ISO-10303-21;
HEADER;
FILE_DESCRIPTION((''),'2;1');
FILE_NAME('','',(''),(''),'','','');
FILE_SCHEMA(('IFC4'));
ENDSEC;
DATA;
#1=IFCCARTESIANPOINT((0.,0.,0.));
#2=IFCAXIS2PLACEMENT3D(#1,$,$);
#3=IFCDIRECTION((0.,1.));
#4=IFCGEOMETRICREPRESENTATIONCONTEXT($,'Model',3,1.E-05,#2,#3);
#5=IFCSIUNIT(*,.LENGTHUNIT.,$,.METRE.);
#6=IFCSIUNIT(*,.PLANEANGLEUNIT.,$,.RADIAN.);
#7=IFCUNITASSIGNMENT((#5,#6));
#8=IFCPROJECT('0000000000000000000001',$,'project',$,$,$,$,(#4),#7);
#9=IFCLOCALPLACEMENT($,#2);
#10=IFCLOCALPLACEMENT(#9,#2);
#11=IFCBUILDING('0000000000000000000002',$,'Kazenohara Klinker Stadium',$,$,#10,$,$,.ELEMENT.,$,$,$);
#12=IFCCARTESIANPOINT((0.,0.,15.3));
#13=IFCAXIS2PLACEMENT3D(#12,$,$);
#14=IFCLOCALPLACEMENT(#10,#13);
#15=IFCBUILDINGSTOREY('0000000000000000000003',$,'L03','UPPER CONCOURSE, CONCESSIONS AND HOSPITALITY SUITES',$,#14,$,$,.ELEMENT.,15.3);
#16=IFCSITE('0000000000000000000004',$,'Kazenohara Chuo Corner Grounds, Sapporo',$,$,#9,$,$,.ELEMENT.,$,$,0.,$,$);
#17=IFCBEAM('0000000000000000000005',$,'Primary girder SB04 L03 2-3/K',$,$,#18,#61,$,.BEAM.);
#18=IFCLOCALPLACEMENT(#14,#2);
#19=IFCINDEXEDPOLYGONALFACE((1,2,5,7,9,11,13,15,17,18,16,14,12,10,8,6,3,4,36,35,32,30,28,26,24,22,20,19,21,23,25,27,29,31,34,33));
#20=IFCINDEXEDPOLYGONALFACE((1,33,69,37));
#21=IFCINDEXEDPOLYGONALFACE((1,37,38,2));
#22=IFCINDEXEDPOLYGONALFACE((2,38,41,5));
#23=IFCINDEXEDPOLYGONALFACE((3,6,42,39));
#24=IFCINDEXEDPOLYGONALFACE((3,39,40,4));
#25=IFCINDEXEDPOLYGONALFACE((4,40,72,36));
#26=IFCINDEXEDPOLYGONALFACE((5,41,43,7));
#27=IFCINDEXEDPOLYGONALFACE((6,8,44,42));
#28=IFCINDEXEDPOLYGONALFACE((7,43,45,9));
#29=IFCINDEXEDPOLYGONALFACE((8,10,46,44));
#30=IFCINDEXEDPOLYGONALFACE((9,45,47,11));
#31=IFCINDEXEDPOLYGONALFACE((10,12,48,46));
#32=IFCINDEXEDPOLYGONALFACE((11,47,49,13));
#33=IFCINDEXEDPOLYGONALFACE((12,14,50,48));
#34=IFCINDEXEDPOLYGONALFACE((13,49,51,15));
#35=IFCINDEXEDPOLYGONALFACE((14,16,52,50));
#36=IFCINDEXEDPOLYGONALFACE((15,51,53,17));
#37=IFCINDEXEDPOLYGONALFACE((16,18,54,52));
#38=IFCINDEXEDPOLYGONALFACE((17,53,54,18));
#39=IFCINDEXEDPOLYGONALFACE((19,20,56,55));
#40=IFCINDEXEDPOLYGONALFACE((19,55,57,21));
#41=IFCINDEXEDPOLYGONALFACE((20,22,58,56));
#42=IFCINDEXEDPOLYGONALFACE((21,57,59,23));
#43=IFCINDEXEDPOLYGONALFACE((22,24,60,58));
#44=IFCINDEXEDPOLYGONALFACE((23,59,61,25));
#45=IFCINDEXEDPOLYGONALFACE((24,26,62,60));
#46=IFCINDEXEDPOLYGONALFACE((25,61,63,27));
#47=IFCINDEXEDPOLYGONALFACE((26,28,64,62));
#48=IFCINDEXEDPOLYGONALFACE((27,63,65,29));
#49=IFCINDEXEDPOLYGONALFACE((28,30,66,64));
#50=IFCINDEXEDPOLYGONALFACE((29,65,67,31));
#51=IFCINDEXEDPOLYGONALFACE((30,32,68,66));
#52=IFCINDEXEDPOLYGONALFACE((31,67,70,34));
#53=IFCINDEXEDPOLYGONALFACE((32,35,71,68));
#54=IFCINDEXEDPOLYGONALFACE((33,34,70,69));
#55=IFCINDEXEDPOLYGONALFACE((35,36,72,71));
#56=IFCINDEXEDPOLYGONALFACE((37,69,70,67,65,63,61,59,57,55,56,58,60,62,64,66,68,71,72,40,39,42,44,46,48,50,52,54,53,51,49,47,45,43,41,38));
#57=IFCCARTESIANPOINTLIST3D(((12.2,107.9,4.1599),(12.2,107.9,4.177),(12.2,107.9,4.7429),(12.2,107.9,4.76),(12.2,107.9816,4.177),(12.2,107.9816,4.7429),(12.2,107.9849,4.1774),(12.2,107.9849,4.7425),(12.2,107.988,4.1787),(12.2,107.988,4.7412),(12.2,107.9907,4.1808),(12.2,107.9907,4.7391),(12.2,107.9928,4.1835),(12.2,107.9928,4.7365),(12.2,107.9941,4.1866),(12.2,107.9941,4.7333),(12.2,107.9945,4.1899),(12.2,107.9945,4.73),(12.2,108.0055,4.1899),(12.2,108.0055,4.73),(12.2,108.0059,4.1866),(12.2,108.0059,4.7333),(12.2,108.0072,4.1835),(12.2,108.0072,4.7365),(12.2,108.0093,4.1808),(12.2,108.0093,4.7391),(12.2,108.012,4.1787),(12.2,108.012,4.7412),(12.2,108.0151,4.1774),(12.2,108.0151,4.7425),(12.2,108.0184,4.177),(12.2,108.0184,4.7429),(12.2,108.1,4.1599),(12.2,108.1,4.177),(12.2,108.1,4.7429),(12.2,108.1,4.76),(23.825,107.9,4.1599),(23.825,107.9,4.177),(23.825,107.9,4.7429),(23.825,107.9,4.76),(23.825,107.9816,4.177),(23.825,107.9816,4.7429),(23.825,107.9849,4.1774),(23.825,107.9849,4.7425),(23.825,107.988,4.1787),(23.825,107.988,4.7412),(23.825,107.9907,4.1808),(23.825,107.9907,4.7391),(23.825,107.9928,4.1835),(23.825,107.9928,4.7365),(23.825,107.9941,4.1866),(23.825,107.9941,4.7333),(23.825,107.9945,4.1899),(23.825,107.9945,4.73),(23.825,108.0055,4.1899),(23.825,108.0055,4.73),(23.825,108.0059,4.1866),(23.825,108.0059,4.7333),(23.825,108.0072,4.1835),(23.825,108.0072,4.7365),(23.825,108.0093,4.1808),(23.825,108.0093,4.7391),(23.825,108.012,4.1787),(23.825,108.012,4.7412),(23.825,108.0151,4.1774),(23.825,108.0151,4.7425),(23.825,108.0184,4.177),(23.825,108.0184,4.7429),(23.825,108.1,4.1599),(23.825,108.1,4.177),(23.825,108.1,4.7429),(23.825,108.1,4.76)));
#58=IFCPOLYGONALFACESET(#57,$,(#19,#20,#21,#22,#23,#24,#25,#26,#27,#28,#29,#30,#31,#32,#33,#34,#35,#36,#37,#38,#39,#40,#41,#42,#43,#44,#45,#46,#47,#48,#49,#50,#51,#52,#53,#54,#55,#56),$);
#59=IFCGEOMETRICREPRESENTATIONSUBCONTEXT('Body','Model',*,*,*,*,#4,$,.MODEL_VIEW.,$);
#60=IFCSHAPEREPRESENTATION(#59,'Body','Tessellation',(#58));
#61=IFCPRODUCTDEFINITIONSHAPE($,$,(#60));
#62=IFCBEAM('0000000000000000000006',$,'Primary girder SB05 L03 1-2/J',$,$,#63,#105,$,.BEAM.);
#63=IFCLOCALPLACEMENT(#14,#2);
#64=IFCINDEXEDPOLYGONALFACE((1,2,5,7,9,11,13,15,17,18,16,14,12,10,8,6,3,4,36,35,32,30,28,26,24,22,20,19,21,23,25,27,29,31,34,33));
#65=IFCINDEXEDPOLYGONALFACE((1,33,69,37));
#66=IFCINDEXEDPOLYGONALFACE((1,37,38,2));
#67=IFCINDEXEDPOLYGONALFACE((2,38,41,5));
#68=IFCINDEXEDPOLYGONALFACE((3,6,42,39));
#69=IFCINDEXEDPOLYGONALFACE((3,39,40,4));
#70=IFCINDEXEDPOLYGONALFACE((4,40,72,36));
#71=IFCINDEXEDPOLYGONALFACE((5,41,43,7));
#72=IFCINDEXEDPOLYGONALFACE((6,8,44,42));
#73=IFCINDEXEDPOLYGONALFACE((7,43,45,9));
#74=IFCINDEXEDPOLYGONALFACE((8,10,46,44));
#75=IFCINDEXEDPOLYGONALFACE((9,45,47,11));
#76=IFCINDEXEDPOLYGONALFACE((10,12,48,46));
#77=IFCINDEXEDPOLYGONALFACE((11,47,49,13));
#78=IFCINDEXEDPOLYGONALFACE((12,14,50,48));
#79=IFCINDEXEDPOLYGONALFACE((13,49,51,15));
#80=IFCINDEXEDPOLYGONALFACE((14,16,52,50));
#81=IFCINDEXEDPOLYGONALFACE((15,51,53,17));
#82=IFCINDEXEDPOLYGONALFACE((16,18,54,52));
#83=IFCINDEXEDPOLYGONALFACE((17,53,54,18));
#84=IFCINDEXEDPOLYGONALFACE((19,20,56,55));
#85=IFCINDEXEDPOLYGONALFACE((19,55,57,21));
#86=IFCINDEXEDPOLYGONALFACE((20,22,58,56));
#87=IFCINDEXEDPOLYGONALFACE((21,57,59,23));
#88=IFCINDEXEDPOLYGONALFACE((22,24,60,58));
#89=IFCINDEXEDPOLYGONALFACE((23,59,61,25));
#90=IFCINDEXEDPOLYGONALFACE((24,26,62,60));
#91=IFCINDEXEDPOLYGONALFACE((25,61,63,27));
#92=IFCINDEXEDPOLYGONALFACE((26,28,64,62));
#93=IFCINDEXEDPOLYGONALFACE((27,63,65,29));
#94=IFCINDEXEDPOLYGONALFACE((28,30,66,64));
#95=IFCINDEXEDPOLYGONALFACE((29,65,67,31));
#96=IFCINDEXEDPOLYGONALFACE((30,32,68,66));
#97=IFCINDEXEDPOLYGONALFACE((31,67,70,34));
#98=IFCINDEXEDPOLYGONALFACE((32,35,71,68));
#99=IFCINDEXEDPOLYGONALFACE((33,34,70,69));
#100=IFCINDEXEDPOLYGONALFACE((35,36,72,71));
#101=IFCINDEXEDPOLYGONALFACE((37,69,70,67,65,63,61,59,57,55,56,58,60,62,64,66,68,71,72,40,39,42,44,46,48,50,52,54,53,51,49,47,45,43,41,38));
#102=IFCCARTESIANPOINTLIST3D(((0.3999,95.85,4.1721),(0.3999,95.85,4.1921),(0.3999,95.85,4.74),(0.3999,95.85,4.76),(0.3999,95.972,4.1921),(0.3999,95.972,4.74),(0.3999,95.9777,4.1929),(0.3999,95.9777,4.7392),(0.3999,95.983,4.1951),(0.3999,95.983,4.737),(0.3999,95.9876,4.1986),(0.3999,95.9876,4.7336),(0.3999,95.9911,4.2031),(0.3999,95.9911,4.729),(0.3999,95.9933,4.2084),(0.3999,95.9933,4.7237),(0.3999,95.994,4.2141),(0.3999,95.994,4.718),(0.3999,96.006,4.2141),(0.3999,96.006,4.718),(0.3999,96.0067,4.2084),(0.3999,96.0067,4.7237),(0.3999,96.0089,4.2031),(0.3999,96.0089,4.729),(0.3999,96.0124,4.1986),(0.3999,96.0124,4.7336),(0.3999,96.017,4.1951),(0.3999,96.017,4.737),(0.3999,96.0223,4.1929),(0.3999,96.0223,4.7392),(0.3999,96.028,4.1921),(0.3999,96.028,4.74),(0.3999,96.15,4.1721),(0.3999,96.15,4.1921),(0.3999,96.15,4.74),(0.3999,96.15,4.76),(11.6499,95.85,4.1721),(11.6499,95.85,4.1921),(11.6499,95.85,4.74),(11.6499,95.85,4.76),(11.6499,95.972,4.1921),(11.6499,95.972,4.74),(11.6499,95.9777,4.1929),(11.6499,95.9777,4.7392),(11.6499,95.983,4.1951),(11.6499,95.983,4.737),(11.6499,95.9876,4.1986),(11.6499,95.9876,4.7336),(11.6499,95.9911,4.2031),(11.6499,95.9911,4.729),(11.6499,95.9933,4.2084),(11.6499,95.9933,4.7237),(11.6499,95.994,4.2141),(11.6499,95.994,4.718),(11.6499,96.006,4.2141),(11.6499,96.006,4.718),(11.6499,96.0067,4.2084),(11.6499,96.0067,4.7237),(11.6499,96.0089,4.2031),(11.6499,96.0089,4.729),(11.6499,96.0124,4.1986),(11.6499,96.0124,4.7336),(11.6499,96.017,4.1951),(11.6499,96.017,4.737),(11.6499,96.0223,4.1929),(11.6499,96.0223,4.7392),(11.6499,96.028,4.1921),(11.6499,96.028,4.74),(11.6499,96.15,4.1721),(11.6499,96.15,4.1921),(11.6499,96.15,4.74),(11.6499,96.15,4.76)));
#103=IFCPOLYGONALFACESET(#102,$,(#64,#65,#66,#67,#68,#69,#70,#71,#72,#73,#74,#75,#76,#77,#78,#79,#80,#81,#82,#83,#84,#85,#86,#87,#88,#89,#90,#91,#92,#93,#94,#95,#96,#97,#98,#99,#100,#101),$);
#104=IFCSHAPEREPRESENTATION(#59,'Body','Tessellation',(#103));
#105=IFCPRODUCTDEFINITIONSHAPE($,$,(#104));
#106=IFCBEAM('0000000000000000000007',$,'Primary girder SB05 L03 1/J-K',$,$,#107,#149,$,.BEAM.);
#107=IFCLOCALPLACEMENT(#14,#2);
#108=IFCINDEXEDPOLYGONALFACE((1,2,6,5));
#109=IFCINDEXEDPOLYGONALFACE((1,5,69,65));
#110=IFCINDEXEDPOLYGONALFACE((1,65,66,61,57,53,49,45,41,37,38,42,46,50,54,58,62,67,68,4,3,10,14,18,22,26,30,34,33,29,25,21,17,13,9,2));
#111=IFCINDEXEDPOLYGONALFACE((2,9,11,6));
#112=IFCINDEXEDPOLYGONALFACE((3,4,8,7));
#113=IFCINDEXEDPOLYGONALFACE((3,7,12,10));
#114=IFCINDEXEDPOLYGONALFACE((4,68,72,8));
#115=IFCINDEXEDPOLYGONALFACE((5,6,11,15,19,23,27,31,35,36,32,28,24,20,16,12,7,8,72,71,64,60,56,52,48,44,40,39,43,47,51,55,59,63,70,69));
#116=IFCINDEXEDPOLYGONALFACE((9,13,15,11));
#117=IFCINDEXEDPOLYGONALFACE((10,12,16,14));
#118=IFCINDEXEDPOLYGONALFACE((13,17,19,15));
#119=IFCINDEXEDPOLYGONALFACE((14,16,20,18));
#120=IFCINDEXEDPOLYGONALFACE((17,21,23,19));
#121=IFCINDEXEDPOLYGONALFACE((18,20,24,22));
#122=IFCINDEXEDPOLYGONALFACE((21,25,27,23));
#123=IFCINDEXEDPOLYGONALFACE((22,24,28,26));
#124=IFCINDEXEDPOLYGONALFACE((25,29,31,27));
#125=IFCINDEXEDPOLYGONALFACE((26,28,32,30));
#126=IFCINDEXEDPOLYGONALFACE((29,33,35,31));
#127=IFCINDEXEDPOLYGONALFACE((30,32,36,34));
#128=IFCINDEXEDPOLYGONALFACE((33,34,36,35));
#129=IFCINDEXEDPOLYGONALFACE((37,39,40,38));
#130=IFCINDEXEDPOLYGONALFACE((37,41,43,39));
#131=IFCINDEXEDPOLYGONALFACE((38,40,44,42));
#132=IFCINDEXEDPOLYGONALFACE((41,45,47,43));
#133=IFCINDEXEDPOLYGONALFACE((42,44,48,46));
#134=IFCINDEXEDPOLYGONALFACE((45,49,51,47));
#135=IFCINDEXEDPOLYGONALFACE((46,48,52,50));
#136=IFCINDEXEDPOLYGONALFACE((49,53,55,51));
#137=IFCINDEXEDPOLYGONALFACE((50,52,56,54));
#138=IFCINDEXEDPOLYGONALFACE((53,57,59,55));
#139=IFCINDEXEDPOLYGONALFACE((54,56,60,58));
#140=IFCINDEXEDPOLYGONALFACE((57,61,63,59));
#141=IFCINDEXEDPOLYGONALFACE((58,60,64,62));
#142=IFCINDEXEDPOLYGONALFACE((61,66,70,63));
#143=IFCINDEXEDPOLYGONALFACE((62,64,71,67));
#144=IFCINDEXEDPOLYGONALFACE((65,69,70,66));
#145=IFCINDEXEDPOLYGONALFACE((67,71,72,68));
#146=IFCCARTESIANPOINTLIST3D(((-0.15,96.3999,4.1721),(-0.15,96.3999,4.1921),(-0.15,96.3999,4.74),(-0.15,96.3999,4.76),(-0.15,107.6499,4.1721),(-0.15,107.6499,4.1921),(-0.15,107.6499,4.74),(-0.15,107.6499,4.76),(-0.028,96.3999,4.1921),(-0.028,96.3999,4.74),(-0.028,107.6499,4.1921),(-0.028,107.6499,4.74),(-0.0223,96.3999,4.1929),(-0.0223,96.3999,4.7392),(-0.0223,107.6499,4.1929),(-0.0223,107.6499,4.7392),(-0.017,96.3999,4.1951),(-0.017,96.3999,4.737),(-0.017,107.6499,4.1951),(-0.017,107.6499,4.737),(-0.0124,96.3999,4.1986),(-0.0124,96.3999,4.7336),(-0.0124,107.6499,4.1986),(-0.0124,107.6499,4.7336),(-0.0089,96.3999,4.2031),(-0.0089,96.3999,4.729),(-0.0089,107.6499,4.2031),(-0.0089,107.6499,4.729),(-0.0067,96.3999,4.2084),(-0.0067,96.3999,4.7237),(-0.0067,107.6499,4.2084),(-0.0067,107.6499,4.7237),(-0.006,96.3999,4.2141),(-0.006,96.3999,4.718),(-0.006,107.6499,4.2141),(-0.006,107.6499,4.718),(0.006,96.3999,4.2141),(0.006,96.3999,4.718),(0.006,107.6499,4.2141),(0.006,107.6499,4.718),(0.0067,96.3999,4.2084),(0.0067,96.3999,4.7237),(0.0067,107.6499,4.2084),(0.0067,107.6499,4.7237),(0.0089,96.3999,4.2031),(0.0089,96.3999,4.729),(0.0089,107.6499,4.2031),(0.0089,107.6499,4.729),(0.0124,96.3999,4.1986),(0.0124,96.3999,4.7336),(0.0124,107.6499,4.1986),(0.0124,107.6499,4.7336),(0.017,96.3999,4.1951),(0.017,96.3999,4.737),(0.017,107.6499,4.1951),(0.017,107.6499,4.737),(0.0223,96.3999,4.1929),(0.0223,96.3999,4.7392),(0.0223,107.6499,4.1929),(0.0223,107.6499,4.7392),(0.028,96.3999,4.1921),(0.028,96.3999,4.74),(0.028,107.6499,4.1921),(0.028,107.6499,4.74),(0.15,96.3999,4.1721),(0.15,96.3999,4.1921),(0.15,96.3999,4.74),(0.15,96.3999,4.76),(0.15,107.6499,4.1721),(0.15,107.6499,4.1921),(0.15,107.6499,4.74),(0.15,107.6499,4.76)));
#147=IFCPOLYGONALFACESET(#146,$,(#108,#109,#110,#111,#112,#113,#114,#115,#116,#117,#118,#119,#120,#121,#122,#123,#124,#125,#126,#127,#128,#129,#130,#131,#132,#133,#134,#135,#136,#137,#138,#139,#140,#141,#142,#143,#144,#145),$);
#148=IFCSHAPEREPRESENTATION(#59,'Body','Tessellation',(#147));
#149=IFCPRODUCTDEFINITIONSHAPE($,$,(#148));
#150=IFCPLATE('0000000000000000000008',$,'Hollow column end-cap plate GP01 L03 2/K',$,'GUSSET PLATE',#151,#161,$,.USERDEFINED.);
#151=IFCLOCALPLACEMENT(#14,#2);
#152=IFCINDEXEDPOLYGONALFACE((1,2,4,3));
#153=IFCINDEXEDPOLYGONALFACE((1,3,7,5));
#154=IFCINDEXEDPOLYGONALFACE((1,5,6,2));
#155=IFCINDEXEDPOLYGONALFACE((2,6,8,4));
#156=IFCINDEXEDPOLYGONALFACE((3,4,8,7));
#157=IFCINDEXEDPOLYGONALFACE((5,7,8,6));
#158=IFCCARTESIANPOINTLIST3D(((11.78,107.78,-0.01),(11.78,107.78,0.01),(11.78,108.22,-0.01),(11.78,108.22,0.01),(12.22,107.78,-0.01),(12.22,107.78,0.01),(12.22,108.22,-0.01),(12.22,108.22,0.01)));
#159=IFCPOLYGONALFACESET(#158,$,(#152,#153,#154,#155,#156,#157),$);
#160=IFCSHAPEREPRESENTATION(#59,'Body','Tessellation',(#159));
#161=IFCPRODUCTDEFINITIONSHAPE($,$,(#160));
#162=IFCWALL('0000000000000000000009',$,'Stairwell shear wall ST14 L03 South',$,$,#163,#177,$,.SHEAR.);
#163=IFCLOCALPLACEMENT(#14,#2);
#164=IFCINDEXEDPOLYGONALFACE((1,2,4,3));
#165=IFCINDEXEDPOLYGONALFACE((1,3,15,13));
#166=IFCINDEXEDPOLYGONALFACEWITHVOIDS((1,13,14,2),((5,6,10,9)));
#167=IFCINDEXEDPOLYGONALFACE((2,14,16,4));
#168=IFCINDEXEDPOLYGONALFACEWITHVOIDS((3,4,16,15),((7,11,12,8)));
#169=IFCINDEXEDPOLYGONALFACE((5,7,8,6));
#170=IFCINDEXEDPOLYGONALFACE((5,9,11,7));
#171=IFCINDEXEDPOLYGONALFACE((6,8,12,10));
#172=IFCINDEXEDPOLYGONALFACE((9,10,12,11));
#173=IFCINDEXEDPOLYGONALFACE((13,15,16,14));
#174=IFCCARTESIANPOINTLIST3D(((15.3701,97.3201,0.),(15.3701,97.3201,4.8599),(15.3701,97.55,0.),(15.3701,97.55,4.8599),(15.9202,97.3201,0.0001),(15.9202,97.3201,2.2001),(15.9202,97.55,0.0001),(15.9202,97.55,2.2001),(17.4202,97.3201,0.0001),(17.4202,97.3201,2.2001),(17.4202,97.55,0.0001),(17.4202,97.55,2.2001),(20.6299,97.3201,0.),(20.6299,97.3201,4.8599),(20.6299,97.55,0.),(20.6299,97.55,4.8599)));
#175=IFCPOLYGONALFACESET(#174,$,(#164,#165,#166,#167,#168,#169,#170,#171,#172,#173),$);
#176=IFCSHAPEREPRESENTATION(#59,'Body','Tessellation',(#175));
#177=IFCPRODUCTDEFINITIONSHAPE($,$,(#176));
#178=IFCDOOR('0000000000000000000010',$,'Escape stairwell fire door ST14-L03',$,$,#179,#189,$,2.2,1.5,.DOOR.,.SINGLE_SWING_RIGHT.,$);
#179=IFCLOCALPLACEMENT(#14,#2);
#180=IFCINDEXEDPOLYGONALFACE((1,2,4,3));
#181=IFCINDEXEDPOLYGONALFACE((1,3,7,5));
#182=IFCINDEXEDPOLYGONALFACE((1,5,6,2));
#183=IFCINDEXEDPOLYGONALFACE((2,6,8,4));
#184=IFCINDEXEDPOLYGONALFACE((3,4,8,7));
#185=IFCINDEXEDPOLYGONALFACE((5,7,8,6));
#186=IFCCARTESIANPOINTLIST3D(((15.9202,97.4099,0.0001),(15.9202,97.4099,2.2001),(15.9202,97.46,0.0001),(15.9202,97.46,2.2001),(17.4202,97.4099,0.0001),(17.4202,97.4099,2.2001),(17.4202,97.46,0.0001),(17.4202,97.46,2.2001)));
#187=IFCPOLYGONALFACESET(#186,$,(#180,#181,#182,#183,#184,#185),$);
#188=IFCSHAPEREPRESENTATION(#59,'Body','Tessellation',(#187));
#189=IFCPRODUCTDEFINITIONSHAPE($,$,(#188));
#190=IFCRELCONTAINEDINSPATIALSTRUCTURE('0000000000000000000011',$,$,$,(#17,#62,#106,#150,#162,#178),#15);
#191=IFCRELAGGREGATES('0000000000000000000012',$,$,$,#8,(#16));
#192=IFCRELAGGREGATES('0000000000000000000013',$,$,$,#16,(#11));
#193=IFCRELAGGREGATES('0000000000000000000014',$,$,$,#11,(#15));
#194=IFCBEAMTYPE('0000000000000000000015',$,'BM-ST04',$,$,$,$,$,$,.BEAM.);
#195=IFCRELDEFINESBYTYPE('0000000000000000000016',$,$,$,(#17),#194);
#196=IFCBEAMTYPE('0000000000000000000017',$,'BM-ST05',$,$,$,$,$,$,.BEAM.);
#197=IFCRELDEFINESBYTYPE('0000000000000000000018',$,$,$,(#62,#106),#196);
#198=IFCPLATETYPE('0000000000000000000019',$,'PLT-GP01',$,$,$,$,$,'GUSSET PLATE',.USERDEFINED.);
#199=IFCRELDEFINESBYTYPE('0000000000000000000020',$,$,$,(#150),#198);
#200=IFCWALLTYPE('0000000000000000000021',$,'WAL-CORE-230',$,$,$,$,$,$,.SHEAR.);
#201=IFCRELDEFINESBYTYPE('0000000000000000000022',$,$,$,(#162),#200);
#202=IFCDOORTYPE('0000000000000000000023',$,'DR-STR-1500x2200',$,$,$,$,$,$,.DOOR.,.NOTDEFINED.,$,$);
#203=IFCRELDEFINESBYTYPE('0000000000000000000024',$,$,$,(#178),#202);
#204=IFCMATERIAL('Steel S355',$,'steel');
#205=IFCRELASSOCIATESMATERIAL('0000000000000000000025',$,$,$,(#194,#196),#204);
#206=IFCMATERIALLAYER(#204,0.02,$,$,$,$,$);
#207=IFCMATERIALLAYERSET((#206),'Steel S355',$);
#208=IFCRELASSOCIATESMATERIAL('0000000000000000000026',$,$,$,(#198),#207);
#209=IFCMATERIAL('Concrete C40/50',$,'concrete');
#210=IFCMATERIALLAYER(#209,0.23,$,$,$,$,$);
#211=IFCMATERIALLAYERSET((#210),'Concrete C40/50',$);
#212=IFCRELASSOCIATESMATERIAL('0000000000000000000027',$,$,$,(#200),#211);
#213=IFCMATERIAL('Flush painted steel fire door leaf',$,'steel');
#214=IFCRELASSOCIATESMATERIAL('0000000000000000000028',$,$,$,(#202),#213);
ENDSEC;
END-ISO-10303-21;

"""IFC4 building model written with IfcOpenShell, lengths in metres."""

from ifc_helpers import new_model, si_unit, direction, frame, frame_2d, origin, origin_2d, place, context, subcontext, project, spatial, rectangle, i_section, extrude, material, layer, layer_set, material_profile, profile_set, type_object, element, fill, save


model = new_model("IFC4")

# Units and contexts
model_context = context("Model", 3, precision=1e-05, world=origin(), true_north=direction((0.0, 1.0)))
body_context = subcontext(model_context, "Body", "Model", "MODEL_VIEW")
ifc_project = project(units=[si_unit("LENGTHUNIT", "METRE"), si_unit("PLANEANGLEUNIT", "RADIAN")], contexts=[model_context])

# Site, building, storey
site_placement = place(None, origin())
site = spatial("IfcSite", under=ifc_project, at=site_placement, Name="Kazenohara Chuo Corner Grounds, Sapporo", CompositionType="ELEMENT", RefElevation=0.0)
building_placement = place(site_placement, origin())
building = spatial("IfcBuilding", under=site, at=building_placement, Name="Kazenohara Klinker Stadium", CompositionType="ELEMENT")
storey_placement = place(building_placement, frame((0.0, 0.0, 15.3)))
storey = spatial("IfcBuildingStorey", under=building, at=storey_placement, Name="L03", Description="UPPER CONCOURSE, CONCESSIONS AND HOSPITALITY SUITES", CompositionType="ELEMENT", Elevation=15.3)

# Shared definitions
ifc_material_1 = material(Name="Concrete C40/50", Category="concrete")
ifc_material_2 = material(Name="Steel S355", Category="steel")

# Beams
ifc_material_profile_1 = material_profile(ifc_material_2, i_section(OverallWidth=0.2, OverallDepth=0.6001, WebThickness=0.011, FlangeThickness=0.0171, FilletRadius=0.0129, at=origin_2d()), Name="H-600x200x11x17")
ifc_profile_set_1 = profile_set([ifc_material_profile_1], Name="Steel S355")
beam_type_1 = type_object("IfcBeamType", Name="BM-ST04", PredefinedType="BEAM", material=ifc_profile_set_1)
beam_1_placement = place(storey_placement, frame((12.2, 108.0, 4.46), z_axis=(1.0, 0.0, 0.0), x_axis=(0.0, 1.0, 0.0)))
element("IfcBeam", 1, at=beam_1_placement, inside=storey, type_object=beam_type_1, Name="Primary girder SB04 L03 2-3/K", PredefinedType="BEAM", context=body_context, shape_type="SweptSolid", body=[
    extrude(i_section(OverallWidth=0.2, OverallDepth=0.6001, WebThickness=0.011, FlangeThickness=0.0171, FilletRadius=0.0129, at=origin_2d()), origin(), (0.0, 0.0, 1.0), 11.625),
])
ifc_material_profile_2 = material_profile(ifc_material_2, i_section(OverallWidth=0.3, OverallDepth=0.5879, WebThickness=0.012, FlangeThickness=0.02, FilletRadius=0.022, at=origin_2d()), Name="H-588x300x12x20")
ifc_profile_set_2 = profile_set([ifc_material_profile_2], Name="Steel S355")
beam_type_2 = type_object("IfcBeamType", Name="BM-ST05", PredefinedType="BEAM", material=ifc_profile_set_2)
for number, where, z_axis, x_axis, name in (
    (2, (0.3999, 96.0, 4.4661), (1.0, 0.0, 0.0), (0.0, 1.0, 0.0), "Primary girder SB05 L03 1-2/J"),
    (3, (0.0, 96.3999, 4.4661), (0.0, 1.0, 0.0), (-1.0, 0.0, 0.0), "Primary girder SB05 L03 1/J-K"),
):
    element("IfcBeam", number, at=place(storey_placement, frame(where, z_axis=z_axis, x_axis=x_axis)), inside=storey, type_object=beam_type_2, Name=name, PredefinedType="BEAM", context=body_context, shape_type="SweptSolid", body=[
        extrude(i_section(OverallWidth=0.3, OverallDepth=0.5879, WebThickness=0.012, FlangeThickness=0.02, FilletRadius=0.022, at=origin_2d()), origin(), (0.0, 0.0, 1.0), 11.25),
    ])

# Plate
ifc_layer_1 = layer(ifc_material_2, 0.02)
ifc_layer_set_1 = layer_set([ifc_layer_1], Name="Steel S355")
plate_type = type_object("IfcPlateType", Name="PLT-GP01", ElementType="GUSSET PLATE", PredefinedType="USERDEFINED", material=ifc_layer_set_1)
plate_placement = place(storey_placement, frame((12.0, 108.0, -0.01), z_axis=(0.0, 0.0, 1.0), x_axis=(1.0, 0.0, 0.0)))
element("IfcPlate", 4, at=plate_placement, inside=storey, type_object=plate_type, Name="Hollow column end-cap plate GP01 L03 2/K", ObjectType="GUSSET PLATE", PredefinedType="USERDEFINED", context=body_context, shape_type="SweptSolid", body=[
    extrude(rectangle(XDim=0.4399, YDim=0.4399, at=origin_2d()), origin(), (0.0, 0.0, 1.0), 0.02),
])

# Wall, opening, door
ifc_layer_2 = layer(ifc_material_1, 0.23)
ifc_layer_set_2 = layer_set([ifc_layer_2], Name="Concrete C40/50")
wall_type_1 = type_object("IfcWallType", Name="WAL-CORE-230", PredefinedType="SHEAR", material=ifc_layer_set_2)
wall_1_placement = place(storey_placement, frame((15.3701, 97.4351, 0.0), z_axis=(0.0, 0.0, 1.0), x_axis=(1.0, 0.0, 0.0)))
wall_1 = element("IfcWall", 5, at=wall_1_placement, inside=storey, type_object=wall_type_1, Name="Stairwell shear wall ST14 L03 South", PredefinedType="SHEAR", context=body_context, shape_type="SweptSolid", body=[
    extrude(rectangle(XDim=5.2598, YDim=0.23, at=frame_2d((2.6299, 0.0))), origin(), (0.0, 0.0, 1.0), 4.8599),
])
opening_1_placement = place(wall_1_placement, frame((0.55, 0.0, 0.0)))
opening_1 = element("IfcOpeningElement", 6, at=opening_1_placement, cuts=wall_1, PredefinedType="OPENING", context=body_context, shape_type="SweptSolid", body=[
    extrude(rectangle(XDim=1.5, YDim=2.2, at=frame_2d((0.75, 1.1001))), frame((0.0, 0.125, 0.0), z_axis=(0.0, -1.0, 0.0), x_axis=(1.0, 0.0, 0.0)), (0.0, 0.0, 1.0), 0.25),
])
ifc_material_3 = material(Name="Flush painted steel fire door leaf", Category="steel")
door_type_1 = type_object("IfcDoorType", Name="DR-STR-1500x2200", OperationType="NOTDEFINED", PredefinedType="DOOR", material=ifc_material_3)
door_1_placement = place(opening_1_placement, origin())
door_1 = element("IfcDoor", 7, at=door_1_placement, inside=storey, type_object=door_type_1, Name="Escape stairwell fire door ST14-L03", OperationType="SINGLE_SWING_RIGHT", OverallHeight=2.2, OverallWidth=1.5, PredefinedType="DOOR", context=body_context, shape_type="SweptSolid", body=[
    extrude(rectangle(XDim=1.5, YDim=2.2, at=frame_2d((0.75, 1.1001))), frame((0.0, 0.0249, 0.0), z_axis=(0.0, -1.0, 0.0), x_axis=(1.0, 0.0, 0.0)), (0.0, 0.0, 1.0), 0.05),
])
fill(opening_1, door_1)

save(model, "model.ifc")
